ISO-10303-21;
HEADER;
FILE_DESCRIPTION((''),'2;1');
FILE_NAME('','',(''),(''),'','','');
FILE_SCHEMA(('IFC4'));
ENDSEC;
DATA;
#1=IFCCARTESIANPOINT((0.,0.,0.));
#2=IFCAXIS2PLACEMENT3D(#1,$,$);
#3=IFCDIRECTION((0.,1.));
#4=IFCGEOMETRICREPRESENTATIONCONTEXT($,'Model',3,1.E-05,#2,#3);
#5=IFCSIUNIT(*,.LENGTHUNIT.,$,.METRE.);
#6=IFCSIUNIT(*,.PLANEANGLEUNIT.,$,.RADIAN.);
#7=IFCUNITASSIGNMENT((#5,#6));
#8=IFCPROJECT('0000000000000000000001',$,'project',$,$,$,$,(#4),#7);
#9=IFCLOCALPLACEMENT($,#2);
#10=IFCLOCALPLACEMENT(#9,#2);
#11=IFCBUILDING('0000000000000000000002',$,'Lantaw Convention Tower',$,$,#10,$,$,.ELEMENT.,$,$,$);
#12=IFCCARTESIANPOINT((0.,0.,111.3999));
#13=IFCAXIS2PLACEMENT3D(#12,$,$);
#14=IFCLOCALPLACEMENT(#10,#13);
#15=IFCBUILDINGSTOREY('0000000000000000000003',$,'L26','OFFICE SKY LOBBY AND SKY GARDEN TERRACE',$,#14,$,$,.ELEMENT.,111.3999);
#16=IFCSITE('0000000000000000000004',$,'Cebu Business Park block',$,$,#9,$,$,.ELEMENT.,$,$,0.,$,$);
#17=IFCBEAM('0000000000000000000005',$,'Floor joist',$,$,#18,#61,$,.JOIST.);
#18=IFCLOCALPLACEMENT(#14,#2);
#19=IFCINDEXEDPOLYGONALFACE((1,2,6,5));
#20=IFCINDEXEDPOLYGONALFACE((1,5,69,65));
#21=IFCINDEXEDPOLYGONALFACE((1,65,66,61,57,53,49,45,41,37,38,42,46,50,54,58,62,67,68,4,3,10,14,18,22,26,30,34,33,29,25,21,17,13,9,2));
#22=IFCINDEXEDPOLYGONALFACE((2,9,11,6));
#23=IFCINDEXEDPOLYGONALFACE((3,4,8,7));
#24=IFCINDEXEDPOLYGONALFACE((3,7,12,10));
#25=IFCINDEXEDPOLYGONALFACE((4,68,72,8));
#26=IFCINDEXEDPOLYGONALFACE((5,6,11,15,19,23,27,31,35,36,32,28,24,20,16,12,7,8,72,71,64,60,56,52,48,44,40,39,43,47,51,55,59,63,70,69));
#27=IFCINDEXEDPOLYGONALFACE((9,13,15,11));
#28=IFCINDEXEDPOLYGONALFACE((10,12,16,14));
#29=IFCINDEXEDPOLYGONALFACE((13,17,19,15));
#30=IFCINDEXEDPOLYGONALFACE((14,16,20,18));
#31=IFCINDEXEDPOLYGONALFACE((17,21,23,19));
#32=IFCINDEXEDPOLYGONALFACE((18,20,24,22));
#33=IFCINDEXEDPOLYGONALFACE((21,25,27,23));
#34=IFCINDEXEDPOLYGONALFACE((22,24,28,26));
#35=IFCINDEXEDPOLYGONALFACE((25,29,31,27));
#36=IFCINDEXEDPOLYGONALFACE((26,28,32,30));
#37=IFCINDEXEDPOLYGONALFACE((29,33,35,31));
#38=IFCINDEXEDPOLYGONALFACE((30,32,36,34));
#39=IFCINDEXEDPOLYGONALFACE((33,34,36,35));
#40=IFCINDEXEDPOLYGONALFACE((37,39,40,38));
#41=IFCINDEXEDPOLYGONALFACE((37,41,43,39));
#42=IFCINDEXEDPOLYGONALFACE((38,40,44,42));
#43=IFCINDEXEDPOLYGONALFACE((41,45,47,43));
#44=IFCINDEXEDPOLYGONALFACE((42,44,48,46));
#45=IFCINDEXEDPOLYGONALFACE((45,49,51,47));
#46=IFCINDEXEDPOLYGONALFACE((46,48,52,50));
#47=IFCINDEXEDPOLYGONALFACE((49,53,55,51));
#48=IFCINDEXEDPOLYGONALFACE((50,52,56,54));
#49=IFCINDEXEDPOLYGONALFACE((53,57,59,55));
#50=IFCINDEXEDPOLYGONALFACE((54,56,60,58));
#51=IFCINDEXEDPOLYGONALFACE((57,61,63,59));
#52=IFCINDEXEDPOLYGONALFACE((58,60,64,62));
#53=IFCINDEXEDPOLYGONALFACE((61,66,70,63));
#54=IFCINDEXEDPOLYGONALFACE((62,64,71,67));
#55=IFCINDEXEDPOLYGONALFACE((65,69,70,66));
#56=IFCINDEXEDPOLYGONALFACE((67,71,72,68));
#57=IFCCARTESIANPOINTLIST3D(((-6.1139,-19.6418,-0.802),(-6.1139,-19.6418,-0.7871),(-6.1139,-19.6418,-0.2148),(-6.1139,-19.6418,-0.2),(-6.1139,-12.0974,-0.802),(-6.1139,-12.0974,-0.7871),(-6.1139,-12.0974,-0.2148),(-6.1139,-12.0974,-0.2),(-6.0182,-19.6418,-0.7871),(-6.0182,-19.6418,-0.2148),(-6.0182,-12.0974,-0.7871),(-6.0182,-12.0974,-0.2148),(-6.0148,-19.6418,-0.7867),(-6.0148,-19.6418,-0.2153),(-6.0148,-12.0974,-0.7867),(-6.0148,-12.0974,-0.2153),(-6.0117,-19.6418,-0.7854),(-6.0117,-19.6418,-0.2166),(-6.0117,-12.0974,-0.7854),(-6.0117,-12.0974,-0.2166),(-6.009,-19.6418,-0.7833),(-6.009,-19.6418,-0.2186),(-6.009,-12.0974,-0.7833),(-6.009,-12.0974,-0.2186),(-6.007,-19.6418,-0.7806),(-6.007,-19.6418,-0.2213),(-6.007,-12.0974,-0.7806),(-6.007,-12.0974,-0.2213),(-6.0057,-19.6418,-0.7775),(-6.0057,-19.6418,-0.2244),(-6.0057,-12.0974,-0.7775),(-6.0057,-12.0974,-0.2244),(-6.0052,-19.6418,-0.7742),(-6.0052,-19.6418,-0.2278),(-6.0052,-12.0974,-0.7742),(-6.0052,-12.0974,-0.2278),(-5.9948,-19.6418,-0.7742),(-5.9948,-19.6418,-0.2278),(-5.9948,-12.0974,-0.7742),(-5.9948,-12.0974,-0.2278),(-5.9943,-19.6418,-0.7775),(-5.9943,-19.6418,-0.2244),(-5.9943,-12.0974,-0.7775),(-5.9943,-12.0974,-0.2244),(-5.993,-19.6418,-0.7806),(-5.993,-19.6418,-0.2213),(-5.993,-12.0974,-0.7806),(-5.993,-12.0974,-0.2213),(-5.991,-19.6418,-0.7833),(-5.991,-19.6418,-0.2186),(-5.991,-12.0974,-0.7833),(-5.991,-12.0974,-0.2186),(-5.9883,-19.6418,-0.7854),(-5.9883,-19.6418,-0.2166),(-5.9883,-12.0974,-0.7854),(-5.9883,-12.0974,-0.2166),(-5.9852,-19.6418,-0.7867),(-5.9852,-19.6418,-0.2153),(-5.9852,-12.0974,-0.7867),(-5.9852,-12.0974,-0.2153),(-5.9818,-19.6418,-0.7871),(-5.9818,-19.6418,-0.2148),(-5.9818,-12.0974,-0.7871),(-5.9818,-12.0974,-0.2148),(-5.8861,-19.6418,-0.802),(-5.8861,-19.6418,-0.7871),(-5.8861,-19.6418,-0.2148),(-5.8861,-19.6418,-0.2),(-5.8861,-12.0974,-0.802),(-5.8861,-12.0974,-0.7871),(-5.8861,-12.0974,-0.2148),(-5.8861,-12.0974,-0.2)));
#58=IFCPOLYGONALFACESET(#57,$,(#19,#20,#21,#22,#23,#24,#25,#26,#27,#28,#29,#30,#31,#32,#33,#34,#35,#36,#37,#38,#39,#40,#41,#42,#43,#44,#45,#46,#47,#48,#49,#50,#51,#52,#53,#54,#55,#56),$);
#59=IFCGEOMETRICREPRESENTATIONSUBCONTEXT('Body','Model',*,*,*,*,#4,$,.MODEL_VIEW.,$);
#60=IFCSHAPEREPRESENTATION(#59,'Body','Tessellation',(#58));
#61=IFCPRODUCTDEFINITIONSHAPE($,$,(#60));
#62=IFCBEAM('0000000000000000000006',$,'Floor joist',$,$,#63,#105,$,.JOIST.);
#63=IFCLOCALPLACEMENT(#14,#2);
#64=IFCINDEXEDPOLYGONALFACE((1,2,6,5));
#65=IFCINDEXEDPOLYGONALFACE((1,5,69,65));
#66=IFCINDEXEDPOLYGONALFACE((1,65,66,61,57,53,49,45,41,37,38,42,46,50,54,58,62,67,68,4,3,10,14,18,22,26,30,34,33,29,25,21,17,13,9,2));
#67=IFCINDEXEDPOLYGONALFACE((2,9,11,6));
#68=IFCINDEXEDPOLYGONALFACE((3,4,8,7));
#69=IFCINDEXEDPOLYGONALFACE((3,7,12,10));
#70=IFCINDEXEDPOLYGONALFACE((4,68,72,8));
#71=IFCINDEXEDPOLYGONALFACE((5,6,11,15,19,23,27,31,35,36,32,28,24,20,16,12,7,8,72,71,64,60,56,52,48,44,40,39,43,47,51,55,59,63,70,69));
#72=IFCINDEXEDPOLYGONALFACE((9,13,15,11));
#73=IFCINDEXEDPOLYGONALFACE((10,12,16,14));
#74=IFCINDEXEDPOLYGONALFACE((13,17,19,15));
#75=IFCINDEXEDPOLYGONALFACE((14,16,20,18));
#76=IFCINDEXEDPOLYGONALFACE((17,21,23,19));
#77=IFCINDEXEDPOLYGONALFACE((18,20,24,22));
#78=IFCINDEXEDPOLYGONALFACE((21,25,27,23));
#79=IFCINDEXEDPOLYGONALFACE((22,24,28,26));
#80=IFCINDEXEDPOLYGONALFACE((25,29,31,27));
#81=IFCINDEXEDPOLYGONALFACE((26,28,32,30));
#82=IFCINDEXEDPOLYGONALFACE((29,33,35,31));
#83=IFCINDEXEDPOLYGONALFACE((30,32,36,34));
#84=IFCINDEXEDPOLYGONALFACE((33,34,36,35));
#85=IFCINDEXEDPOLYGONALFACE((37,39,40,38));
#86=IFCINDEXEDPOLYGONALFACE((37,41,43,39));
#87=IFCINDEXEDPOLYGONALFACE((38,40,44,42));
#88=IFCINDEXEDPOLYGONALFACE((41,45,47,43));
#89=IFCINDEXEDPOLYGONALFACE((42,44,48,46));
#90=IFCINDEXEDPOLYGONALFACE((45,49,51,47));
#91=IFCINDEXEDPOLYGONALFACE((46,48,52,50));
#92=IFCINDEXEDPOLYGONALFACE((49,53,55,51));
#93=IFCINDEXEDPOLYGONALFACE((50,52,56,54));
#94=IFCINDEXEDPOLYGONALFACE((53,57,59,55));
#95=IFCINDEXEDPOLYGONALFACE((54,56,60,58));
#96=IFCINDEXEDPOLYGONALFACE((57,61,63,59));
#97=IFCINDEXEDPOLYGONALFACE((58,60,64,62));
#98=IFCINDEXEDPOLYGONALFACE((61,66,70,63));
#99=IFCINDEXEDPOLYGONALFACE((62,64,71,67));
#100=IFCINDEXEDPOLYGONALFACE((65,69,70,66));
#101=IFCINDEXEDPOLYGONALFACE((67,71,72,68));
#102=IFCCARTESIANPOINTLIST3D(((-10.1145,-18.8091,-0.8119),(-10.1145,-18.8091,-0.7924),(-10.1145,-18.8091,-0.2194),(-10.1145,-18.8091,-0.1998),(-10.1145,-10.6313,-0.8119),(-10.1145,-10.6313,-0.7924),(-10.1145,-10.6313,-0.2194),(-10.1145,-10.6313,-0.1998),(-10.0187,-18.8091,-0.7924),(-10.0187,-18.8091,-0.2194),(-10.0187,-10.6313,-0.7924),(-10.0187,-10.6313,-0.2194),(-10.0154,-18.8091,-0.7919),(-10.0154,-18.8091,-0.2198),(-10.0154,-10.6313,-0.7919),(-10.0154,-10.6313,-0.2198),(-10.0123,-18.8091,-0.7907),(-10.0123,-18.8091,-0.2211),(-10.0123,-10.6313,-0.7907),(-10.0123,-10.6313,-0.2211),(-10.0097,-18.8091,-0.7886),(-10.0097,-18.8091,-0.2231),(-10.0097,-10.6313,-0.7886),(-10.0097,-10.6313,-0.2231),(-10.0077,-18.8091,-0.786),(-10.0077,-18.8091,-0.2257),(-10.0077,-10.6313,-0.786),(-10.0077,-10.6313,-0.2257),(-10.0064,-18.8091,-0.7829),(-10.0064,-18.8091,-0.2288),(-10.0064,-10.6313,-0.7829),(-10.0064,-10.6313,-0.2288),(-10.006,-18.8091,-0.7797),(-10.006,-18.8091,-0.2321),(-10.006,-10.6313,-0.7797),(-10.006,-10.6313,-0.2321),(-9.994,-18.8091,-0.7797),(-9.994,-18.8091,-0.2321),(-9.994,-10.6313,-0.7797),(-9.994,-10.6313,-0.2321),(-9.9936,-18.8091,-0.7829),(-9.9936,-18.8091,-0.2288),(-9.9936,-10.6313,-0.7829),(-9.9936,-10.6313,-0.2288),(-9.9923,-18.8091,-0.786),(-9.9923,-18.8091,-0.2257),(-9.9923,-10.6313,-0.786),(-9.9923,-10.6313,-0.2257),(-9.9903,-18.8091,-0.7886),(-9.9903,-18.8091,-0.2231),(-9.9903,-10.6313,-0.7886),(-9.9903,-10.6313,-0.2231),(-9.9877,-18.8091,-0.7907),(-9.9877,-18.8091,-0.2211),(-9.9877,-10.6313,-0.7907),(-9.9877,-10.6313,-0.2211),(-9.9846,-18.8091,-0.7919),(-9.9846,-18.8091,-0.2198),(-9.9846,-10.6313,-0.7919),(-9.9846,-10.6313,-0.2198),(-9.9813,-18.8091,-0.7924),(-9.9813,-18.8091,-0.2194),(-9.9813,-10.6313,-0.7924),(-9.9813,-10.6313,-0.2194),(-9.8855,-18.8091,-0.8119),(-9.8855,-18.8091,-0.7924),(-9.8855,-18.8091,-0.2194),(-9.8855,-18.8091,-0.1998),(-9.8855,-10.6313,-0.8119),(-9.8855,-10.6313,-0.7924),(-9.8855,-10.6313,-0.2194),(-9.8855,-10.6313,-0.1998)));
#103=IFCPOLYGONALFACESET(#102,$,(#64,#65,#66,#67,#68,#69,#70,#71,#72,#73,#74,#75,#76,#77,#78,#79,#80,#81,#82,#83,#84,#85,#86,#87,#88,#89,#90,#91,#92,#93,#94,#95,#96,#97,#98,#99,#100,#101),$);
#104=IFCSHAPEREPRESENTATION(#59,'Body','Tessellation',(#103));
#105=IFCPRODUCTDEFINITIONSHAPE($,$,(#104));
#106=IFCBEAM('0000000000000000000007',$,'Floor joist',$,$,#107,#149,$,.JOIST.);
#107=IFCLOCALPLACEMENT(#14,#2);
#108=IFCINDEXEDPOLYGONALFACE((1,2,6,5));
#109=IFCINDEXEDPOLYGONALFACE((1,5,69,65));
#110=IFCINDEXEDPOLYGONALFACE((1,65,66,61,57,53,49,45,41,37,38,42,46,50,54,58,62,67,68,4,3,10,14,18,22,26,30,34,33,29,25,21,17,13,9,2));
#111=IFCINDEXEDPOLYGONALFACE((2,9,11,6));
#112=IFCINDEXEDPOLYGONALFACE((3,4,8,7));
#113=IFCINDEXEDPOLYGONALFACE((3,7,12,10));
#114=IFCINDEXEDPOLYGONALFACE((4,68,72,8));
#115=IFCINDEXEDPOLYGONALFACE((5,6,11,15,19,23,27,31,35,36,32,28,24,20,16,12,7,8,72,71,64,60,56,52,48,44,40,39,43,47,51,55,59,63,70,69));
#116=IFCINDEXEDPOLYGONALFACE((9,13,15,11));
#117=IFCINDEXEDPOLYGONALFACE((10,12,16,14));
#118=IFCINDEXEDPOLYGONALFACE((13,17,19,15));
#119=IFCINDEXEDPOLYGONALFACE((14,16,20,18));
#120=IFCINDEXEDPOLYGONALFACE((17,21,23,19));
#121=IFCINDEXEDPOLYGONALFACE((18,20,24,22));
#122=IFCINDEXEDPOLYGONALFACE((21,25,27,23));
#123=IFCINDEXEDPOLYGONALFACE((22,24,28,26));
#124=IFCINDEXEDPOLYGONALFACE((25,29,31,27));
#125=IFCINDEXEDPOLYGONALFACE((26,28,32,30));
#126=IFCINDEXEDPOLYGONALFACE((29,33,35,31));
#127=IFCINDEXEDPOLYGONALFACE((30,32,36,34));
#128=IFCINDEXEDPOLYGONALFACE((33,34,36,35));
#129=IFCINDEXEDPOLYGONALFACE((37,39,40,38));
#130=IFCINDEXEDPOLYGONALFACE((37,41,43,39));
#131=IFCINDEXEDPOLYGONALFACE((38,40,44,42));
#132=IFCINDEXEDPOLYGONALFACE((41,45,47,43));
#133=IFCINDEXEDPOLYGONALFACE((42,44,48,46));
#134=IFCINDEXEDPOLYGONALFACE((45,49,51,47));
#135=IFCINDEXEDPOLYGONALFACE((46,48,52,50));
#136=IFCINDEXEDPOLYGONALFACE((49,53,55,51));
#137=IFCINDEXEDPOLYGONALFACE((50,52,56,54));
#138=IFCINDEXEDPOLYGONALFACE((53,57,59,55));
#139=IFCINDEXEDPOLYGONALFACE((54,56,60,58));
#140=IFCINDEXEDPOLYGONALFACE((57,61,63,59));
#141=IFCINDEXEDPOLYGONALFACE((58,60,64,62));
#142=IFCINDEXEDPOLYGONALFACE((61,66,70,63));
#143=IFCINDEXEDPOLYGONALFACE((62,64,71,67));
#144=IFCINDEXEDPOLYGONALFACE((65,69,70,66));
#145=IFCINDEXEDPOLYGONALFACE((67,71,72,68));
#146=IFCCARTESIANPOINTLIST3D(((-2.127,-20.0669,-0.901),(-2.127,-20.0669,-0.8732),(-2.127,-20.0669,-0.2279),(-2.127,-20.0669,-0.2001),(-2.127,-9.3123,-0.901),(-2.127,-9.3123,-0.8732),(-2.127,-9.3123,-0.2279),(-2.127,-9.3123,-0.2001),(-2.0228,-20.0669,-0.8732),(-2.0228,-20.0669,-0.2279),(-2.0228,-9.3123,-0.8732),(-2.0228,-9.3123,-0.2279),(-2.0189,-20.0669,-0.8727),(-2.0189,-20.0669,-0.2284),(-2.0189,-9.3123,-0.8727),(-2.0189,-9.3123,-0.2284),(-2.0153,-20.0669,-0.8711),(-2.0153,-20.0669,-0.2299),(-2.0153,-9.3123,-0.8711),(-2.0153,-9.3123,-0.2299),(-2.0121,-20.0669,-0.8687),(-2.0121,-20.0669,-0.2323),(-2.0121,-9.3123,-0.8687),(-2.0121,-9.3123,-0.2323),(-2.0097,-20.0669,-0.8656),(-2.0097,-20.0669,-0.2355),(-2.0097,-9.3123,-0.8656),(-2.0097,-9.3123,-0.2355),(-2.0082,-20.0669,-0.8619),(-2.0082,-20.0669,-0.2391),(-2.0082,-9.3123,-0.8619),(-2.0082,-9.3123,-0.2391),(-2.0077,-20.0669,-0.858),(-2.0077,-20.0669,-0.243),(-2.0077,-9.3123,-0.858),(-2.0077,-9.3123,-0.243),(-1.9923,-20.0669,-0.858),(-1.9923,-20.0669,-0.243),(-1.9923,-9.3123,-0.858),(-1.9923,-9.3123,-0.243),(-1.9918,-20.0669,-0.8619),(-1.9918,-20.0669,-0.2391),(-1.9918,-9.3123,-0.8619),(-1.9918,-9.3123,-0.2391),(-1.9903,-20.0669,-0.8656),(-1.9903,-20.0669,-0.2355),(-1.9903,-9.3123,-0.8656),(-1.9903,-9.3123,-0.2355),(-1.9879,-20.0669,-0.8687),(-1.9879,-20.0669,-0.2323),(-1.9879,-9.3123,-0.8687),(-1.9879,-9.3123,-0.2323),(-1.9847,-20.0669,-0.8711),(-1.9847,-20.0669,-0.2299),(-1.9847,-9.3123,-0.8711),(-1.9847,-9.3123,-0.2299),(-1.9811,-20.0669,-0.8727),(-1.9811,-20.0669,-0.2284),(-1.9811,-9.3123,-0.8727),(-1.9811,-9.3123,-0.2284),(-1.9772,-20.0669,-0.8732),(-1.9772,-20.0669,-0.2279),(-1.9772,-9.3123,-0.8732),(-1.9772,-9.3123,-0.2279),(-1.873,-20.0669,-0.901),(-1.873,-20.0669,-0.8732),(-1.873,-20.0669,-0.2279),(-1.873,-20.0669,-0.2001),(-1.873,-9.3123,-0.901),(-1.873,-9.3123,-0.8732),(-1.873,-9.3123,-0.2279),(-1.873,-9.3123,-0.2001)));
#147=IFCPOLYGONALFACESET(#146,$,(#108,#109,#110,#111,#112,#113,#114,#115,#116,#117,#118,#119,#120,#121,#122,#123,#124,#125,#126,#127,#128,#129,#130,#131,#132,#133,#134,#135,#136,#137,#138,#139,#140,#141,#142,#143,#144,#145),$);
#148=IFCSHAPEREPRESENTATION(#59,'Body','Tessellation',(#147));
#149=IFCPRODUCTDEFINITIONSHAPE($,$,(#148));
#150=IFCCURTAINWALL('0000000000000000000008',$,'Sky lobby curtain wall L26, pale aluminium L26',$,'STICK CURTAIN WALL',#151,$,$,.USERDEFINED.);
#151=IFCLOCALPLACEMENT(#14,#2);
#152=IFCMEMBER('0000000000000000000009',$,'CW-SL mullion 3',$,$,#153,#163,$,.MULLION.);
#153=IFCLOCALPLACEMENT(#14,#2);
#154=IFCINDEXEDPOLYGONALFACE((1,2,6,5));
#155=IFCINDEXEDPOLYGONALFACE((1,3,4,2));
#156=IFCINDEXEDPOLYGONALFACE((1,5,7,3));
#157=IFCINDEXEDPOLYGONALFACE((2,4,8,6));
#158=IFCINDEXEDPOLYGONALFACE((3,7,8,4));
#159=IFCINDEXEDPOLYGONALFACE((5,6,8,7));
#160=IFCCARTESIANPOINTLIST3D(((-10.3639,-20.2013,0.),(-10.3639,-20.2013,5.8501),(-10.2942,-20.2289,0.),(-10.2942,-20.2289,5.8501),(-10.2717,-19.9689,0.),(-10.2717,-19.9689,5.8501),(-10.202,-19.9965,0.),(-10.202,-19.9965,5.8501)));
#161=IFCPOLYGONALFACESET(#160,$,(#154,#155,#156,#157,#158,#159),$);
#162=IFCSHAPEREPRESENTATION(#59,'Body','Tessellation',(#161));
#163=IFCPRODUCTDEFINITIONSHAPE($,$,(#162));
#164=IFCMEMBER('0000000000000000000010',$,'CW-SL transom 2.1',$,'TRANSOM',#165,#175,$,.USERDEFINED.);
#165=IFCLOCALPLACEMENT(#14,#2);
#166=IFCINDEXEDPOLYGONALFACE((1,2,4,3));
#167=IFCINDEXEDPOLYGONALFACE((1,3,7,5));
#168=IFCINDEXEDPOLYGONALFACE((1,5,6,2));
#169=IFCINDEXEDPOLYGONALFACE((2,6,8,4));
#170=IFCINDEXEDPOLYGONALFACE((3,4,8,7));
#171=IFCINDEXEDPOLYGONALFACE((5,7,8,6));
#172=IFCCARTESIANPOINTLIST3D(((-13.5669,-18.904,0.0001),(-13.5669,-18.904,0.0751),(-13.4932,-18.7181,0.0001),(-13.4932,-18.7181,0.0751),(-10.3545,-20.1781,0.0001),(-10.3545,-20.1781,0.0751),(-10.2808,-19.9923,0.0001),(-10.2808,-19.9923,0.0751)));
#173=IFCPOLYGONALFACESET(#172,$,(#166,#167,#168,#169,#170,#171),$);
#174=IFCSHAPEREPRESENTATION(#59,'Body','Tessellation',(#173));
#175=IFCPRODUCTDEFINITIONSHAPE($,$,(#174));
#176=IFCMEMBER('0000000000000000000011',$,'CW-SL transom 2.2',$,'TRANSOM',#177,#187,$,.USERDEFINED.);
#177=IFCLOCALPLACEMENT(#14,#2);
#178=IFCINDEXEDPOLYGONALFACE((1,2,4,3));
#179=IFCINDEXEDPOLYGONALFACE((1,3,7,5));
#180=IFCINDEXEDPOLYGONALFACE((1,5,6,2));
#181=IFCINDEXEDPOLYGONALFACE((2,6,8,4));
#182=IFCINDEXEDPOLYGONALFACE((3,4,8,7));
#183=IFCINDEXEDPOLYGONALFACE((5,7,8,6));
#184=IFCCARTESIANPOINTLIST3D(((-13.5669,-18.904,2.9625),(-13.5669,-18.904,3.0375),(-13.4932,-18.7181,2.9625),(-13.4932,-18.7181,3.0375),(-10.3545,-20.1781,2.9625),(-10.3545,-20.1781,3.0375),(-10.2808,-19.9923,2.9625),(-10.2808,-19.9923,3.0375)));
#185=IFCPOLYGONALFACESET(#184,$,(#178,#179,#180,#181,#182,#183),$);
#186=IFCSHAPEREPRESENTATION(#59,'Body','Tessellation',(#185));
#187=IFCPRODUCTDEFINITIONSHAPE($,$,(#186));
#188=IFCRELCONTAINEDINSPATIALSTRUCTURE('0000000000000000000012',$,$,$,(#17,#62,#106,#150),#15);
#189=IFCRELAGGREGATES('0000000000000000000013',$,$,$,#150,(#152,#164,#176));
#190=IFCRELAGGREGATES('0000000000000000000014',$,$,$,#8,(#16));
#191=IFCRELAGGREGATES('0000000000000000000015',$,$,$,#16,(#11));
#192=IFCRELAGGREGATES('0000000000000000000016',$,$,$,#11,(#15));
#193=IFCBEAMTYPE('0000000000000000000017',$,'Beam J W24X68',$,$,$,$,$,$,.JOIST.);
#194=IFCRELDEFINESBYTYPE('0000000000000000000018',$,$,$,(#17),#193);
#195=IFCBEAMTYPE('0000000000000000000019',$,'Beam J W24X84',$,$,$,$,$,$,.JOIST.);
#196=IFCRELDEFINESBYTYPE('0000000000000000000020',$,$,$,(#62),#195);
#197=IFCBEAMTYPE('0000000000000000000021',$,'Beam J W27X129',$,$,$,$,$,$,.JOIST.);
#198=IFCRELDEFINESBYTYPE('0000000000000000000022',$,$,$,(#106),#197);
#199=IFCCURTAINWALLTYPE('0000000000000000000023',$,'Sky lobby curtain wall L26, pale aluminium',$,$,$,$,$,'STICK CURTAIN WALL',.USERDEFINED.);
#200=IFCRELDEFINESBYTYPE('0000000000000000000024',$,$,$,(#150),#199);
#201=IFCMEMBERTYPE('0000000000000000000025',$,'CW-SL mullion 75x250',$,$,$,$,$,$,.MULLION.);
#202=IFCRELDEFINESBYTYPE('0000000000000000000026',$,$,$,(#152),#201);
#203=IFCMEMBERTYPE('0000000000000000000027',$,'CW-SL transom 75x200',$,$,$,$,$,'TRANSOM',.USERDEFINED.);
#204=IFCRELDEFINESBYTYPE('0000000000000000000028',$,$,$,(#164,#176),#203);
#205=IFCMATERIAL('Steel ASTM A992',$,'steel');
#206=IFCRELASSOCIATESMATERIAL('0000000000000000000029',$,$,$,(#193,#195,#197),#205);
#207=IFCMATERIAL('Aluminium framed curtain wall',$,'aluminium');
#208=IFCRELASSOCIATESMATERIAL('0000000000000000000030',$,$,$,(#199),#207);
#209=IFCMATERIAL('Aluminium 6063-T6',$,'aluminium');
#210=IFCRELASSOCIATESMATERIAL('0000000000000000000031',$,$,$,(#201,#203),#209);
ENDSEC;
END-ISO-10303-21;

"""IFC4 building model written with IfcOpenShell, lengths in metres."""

from ifc_helpers import new_model, si_unit, direction, frame, origin, origin_2d, place, context, subcontext, project, spatial, rectangle, i_section, extrude, material, material_profile, profile_set, type_object, element, aggregate, save


model = new_model("IFC4")

# Units and contexts
model_context = context("Model", 3, precision=1e-05, world=origin(), true_north=direction((0.0, 1.0)))
body_context = subcontext(model_context, "Body", "Model", "MODEL_VIEW")
ifc_project = project(units=[si_unit("LENGTHUNIT", "METRE"), si_unit("PLANEANGLEUNIT", "RADIAN")], contexts=[model_context])

# Site, building, storey
site_placement = place(None, origin())
site = spatial("IfcSite", under=ifc_project, at=site_placement, Name="Cebu Business Park block", CompositionType="ELEMENT", RefElevation=0.0)
building_placement = place(site_placement, origin())
building = spatial("IfcBuilding", under=site, at=building_placement, Name="Lantaw Convention Tower", CompositionType="ELEMENT")
storey_placement = place(building_placement, frame((0.0, 0.0, 111.3999)))
storey = spatial("IfcBuildingStorey", under=building, at=storey_placement, Name="L26", Description="OFFICE SKY LOBBY AND SKY GARDEN TERRACE", CompositionType="ELEMENT", Elevation=111.3999)

# Beams
ifc_material_1 = material(Name="Steel ASTM A992", Category="steel")
ifc_material_profile_1 = material_profile(ifc_material_1, i_section(OverallWidth=0.2278, OverallDepth=0.6021, WebThickness=0.0105, FlangeThickness=0.0149, FilletRadius=0.0129, at=origin_2d()), Name="W24X68")
ifc_profile_set_1 = profile_set([ifc_material_profile_1], Name="Steel ASTM A992")
beam_type_1 = type_object("IfcBeamType", Name="Beam J W24X68", PredefinedType="JOIST", material=ifc_profile_set_1)
beam_1_placement = place(storey_placement, frame((-6.0, -19.6418, -0.501), z_axis=(0.0, 1.0, 0.0), x_axis=(-1.0, 0.0, 0.0)))
element("IfcBeam", 1, at=beam_1_placement, inside=storey, type_object=beam_type_1, Name="Floor joist", PredefinedType="JOIST", context=body_context, shape_type="SweptSolid", body=[
    extrude(i_section(OverallWidth=0.2278, OverallDepth=0.6021, WebThickness=0.0105, FlangeThickness=0.0149, FilletRadius=0.0129, at=origin_2d()), origin(), (0.0, 0.0, 1.0), 7.5444),
])
ifc_material_profile_2 = material_profile(ifc_material_1, i_section(OverallWidth=0.229, OverallDepth=0.6121, WebThickness=0.012, FlangeThickness=0.0195, FilletRadius=0.0127, at=origin_2d()), Name="W24X84")
ifc_profile_set_2 = profile_set([ifc_material_profile_2], Name="Steel ASTM A992")
beam_type_2 = type_object("IfcBeamType", Name="Beam J W24X84", PredefinedType="JOIST", material=ifc_profile_set_2)
beam_2_placement = place(storey_placement, frame((-10.0, -18.8091, -0.5059), z_axis=(0.0, 1.0, 0.0), x_axis=(-1.0, 0.0, 0.0)))
element("IfcBeam", 2, at=beam_2_placement, inside=storey, type_object=beam_type_2, Name="Floor joist", PredefinedType="JOIST", context=body_context, shape_type="SweptSolid", body=[
    extrude(i_section(OverallWidth=0.229, OverallDepth=0.6121, WebThickness=0.012, FlangeThickness=0.0195, FilletRadius=0.0127, at=origin_2d()), origin(), (0.0, 0.0, 1.0), 8.1777),
])
ifc_material_profile_3 = material_profile(ifc_material_1, i_section(OverallWidth=0.2539, OverallDepth=0.7009, WebThickness=0.0154, FlangeThickness=0.0278, FilletRadius=0.0151, at=origin_2d()), Name="W27X129")
ifc_profile_set_3 = profile_set([ifc_material_profile_3], Name="Steel ASTM A992")
beam_type_3 = type_object("IfcBeamType", Name="Beam J W27X129", PredefinedType="JOIST", material=ifc_profile_set_3)
beam_3_placement = place(storey_placement, frame((-2.0, -20.0669, -0.5505), z_axis=(0.0, 1.0, 0.0), x_axis=(-1.0, 0.0, 0.0)))
element("IfcBeam", 3, at=beam_3_placement, inside=storey, type_object=beam_type_3, Name="Floor joist", PredefinedType="JOIST", context=body_context, shape_type="SweptSolid", body=[
    extrude(i_section(OverallWidth=0.2539, OverallDepth=0.7009, WebThickness=0.0154, FlangeThickness=0.0278, FilletRadius=0.0151, at=origin_2d()), origin(), (0.0, 0.0, 1.0), 10.7546),
])

# Curtain wall, members
ifc_material_2 = material(Name="Aluminium framed curtain wall", Category="aluminium")
curtain_wall_type = type_object("IfcCurtainWallType", Name="Sky lobby curtain wall L26, pale aluminium", ElementType="STICK CURTAIN WALL", PredefinedType="USERDEFINED", material=ifc_material_2)
curtain_wall_placement = place(storey_placement, origin())
curtain_wall = element("IfcCurtainWall", 4, at=curtain_wall_placement, inside=storey, type_object=curtain_wall_type, Name="Sky lobby curtain wall L26, pale aluminium L26", ObjectType="STICK CURTAIN WALL", PredefinedType="USERDEFINED")
ifc_material_3 = material(Name="Aluminium 6063-T6", Category="aluminium")
ifc_material_profile_4 = material_profile(ifc_material_3, rectangle(XDim=0.25, YDim=0.075, at=origin_2d()), Name="CW-SL mullion 75x250")
ifc_profile_set_4 = profile_set([ifc_material_profile_4], Name="Aluminium 6063-T6")
member_type_1 = type_object("IfcMemberType", Name="CW-SL mullion 75x250", PredefinedType="MULLION", material=ifc_profile_set_4)
member_1_placement = place(storey_placement, frame((-10.283, -20.0989, 0.0), z_axis=(0.0, 0.0, 1.0), x_axis=(0.368702, 0.929548, 0.0)))
member_1 = element("IfcMember", 5, at=member_1_placement, type_object=member_type_1, Name="CW-SL mullion 3", PredefinedType="MULLION", context=body_context, shape_type="SweptSolid", body=[
    extrude(rectangle(XDim=0.25, YDim=0.075, at=origin_2d()), origin(), (0.0, 0.0, 1.0), 5.8501),
])
ifc_material_profile_5 = material_profile(ifc_material_3, rectangle(XDim=0.2, YDim=0.075, at=origin_2d()), Name="CW-SL transom 75x200")
ifc_profile_set_5 = profile_set([ifc_material_profile_5], Name="Aluminium 6063-T6")
member_type_2 = type_object("IfcMemberType", Name="CW-SL transom 75x200", ElementType="TRANSOM", PredefinedType="USERDEFINED", material=ifc_profile_set_5)
member_2_placement = place(storey_placement, frame((-13.53, -18.811, 0.0376), z_axis=(0.92955, -0.368697, 0.0), x_axis=(0.368697, 0.92955, 0.0)))
member_2 = element("IfcMember", 6, at=member_2_placement, type_object=member_type_2, Name="CW-SL transom 2.1", ObjectType="TRANSOM", PredefinedType="USERDEFINED", context=body_context, shape_type="SweptSolid", body=[
    extrude(rectangle(XDim=0.2, YDim=0.075, at=origin_2d()), origin(), (0.0, 0.0, 1.0), 3.4558),
])
member_3_placement = place(storey_placement, frame((-13.53, -18.811, 3.0), z_axis=(0.92955, -0.368697, 0.0), x_axis=(0.368697, 0.92955, 0.0)))
member_3 = element("IfcMember", 7, at=member_3_placement, type_object=member_type_2, Name="CW-SL transom 2.2", ObjectType="TRANSOM", PredefinedType="USERDEFINED", context=body_context, shape_type="SweptSolid", body=[
    extrude(rectangle(XDim=0.2, YDim=0.075, at=origin_2d()), origin(), (0.0, 0.0, 1.0), 3.4558),
])
aggregate(curtain_wall, [member_1, member_2, member_3])

save(model, "model.ifc")
